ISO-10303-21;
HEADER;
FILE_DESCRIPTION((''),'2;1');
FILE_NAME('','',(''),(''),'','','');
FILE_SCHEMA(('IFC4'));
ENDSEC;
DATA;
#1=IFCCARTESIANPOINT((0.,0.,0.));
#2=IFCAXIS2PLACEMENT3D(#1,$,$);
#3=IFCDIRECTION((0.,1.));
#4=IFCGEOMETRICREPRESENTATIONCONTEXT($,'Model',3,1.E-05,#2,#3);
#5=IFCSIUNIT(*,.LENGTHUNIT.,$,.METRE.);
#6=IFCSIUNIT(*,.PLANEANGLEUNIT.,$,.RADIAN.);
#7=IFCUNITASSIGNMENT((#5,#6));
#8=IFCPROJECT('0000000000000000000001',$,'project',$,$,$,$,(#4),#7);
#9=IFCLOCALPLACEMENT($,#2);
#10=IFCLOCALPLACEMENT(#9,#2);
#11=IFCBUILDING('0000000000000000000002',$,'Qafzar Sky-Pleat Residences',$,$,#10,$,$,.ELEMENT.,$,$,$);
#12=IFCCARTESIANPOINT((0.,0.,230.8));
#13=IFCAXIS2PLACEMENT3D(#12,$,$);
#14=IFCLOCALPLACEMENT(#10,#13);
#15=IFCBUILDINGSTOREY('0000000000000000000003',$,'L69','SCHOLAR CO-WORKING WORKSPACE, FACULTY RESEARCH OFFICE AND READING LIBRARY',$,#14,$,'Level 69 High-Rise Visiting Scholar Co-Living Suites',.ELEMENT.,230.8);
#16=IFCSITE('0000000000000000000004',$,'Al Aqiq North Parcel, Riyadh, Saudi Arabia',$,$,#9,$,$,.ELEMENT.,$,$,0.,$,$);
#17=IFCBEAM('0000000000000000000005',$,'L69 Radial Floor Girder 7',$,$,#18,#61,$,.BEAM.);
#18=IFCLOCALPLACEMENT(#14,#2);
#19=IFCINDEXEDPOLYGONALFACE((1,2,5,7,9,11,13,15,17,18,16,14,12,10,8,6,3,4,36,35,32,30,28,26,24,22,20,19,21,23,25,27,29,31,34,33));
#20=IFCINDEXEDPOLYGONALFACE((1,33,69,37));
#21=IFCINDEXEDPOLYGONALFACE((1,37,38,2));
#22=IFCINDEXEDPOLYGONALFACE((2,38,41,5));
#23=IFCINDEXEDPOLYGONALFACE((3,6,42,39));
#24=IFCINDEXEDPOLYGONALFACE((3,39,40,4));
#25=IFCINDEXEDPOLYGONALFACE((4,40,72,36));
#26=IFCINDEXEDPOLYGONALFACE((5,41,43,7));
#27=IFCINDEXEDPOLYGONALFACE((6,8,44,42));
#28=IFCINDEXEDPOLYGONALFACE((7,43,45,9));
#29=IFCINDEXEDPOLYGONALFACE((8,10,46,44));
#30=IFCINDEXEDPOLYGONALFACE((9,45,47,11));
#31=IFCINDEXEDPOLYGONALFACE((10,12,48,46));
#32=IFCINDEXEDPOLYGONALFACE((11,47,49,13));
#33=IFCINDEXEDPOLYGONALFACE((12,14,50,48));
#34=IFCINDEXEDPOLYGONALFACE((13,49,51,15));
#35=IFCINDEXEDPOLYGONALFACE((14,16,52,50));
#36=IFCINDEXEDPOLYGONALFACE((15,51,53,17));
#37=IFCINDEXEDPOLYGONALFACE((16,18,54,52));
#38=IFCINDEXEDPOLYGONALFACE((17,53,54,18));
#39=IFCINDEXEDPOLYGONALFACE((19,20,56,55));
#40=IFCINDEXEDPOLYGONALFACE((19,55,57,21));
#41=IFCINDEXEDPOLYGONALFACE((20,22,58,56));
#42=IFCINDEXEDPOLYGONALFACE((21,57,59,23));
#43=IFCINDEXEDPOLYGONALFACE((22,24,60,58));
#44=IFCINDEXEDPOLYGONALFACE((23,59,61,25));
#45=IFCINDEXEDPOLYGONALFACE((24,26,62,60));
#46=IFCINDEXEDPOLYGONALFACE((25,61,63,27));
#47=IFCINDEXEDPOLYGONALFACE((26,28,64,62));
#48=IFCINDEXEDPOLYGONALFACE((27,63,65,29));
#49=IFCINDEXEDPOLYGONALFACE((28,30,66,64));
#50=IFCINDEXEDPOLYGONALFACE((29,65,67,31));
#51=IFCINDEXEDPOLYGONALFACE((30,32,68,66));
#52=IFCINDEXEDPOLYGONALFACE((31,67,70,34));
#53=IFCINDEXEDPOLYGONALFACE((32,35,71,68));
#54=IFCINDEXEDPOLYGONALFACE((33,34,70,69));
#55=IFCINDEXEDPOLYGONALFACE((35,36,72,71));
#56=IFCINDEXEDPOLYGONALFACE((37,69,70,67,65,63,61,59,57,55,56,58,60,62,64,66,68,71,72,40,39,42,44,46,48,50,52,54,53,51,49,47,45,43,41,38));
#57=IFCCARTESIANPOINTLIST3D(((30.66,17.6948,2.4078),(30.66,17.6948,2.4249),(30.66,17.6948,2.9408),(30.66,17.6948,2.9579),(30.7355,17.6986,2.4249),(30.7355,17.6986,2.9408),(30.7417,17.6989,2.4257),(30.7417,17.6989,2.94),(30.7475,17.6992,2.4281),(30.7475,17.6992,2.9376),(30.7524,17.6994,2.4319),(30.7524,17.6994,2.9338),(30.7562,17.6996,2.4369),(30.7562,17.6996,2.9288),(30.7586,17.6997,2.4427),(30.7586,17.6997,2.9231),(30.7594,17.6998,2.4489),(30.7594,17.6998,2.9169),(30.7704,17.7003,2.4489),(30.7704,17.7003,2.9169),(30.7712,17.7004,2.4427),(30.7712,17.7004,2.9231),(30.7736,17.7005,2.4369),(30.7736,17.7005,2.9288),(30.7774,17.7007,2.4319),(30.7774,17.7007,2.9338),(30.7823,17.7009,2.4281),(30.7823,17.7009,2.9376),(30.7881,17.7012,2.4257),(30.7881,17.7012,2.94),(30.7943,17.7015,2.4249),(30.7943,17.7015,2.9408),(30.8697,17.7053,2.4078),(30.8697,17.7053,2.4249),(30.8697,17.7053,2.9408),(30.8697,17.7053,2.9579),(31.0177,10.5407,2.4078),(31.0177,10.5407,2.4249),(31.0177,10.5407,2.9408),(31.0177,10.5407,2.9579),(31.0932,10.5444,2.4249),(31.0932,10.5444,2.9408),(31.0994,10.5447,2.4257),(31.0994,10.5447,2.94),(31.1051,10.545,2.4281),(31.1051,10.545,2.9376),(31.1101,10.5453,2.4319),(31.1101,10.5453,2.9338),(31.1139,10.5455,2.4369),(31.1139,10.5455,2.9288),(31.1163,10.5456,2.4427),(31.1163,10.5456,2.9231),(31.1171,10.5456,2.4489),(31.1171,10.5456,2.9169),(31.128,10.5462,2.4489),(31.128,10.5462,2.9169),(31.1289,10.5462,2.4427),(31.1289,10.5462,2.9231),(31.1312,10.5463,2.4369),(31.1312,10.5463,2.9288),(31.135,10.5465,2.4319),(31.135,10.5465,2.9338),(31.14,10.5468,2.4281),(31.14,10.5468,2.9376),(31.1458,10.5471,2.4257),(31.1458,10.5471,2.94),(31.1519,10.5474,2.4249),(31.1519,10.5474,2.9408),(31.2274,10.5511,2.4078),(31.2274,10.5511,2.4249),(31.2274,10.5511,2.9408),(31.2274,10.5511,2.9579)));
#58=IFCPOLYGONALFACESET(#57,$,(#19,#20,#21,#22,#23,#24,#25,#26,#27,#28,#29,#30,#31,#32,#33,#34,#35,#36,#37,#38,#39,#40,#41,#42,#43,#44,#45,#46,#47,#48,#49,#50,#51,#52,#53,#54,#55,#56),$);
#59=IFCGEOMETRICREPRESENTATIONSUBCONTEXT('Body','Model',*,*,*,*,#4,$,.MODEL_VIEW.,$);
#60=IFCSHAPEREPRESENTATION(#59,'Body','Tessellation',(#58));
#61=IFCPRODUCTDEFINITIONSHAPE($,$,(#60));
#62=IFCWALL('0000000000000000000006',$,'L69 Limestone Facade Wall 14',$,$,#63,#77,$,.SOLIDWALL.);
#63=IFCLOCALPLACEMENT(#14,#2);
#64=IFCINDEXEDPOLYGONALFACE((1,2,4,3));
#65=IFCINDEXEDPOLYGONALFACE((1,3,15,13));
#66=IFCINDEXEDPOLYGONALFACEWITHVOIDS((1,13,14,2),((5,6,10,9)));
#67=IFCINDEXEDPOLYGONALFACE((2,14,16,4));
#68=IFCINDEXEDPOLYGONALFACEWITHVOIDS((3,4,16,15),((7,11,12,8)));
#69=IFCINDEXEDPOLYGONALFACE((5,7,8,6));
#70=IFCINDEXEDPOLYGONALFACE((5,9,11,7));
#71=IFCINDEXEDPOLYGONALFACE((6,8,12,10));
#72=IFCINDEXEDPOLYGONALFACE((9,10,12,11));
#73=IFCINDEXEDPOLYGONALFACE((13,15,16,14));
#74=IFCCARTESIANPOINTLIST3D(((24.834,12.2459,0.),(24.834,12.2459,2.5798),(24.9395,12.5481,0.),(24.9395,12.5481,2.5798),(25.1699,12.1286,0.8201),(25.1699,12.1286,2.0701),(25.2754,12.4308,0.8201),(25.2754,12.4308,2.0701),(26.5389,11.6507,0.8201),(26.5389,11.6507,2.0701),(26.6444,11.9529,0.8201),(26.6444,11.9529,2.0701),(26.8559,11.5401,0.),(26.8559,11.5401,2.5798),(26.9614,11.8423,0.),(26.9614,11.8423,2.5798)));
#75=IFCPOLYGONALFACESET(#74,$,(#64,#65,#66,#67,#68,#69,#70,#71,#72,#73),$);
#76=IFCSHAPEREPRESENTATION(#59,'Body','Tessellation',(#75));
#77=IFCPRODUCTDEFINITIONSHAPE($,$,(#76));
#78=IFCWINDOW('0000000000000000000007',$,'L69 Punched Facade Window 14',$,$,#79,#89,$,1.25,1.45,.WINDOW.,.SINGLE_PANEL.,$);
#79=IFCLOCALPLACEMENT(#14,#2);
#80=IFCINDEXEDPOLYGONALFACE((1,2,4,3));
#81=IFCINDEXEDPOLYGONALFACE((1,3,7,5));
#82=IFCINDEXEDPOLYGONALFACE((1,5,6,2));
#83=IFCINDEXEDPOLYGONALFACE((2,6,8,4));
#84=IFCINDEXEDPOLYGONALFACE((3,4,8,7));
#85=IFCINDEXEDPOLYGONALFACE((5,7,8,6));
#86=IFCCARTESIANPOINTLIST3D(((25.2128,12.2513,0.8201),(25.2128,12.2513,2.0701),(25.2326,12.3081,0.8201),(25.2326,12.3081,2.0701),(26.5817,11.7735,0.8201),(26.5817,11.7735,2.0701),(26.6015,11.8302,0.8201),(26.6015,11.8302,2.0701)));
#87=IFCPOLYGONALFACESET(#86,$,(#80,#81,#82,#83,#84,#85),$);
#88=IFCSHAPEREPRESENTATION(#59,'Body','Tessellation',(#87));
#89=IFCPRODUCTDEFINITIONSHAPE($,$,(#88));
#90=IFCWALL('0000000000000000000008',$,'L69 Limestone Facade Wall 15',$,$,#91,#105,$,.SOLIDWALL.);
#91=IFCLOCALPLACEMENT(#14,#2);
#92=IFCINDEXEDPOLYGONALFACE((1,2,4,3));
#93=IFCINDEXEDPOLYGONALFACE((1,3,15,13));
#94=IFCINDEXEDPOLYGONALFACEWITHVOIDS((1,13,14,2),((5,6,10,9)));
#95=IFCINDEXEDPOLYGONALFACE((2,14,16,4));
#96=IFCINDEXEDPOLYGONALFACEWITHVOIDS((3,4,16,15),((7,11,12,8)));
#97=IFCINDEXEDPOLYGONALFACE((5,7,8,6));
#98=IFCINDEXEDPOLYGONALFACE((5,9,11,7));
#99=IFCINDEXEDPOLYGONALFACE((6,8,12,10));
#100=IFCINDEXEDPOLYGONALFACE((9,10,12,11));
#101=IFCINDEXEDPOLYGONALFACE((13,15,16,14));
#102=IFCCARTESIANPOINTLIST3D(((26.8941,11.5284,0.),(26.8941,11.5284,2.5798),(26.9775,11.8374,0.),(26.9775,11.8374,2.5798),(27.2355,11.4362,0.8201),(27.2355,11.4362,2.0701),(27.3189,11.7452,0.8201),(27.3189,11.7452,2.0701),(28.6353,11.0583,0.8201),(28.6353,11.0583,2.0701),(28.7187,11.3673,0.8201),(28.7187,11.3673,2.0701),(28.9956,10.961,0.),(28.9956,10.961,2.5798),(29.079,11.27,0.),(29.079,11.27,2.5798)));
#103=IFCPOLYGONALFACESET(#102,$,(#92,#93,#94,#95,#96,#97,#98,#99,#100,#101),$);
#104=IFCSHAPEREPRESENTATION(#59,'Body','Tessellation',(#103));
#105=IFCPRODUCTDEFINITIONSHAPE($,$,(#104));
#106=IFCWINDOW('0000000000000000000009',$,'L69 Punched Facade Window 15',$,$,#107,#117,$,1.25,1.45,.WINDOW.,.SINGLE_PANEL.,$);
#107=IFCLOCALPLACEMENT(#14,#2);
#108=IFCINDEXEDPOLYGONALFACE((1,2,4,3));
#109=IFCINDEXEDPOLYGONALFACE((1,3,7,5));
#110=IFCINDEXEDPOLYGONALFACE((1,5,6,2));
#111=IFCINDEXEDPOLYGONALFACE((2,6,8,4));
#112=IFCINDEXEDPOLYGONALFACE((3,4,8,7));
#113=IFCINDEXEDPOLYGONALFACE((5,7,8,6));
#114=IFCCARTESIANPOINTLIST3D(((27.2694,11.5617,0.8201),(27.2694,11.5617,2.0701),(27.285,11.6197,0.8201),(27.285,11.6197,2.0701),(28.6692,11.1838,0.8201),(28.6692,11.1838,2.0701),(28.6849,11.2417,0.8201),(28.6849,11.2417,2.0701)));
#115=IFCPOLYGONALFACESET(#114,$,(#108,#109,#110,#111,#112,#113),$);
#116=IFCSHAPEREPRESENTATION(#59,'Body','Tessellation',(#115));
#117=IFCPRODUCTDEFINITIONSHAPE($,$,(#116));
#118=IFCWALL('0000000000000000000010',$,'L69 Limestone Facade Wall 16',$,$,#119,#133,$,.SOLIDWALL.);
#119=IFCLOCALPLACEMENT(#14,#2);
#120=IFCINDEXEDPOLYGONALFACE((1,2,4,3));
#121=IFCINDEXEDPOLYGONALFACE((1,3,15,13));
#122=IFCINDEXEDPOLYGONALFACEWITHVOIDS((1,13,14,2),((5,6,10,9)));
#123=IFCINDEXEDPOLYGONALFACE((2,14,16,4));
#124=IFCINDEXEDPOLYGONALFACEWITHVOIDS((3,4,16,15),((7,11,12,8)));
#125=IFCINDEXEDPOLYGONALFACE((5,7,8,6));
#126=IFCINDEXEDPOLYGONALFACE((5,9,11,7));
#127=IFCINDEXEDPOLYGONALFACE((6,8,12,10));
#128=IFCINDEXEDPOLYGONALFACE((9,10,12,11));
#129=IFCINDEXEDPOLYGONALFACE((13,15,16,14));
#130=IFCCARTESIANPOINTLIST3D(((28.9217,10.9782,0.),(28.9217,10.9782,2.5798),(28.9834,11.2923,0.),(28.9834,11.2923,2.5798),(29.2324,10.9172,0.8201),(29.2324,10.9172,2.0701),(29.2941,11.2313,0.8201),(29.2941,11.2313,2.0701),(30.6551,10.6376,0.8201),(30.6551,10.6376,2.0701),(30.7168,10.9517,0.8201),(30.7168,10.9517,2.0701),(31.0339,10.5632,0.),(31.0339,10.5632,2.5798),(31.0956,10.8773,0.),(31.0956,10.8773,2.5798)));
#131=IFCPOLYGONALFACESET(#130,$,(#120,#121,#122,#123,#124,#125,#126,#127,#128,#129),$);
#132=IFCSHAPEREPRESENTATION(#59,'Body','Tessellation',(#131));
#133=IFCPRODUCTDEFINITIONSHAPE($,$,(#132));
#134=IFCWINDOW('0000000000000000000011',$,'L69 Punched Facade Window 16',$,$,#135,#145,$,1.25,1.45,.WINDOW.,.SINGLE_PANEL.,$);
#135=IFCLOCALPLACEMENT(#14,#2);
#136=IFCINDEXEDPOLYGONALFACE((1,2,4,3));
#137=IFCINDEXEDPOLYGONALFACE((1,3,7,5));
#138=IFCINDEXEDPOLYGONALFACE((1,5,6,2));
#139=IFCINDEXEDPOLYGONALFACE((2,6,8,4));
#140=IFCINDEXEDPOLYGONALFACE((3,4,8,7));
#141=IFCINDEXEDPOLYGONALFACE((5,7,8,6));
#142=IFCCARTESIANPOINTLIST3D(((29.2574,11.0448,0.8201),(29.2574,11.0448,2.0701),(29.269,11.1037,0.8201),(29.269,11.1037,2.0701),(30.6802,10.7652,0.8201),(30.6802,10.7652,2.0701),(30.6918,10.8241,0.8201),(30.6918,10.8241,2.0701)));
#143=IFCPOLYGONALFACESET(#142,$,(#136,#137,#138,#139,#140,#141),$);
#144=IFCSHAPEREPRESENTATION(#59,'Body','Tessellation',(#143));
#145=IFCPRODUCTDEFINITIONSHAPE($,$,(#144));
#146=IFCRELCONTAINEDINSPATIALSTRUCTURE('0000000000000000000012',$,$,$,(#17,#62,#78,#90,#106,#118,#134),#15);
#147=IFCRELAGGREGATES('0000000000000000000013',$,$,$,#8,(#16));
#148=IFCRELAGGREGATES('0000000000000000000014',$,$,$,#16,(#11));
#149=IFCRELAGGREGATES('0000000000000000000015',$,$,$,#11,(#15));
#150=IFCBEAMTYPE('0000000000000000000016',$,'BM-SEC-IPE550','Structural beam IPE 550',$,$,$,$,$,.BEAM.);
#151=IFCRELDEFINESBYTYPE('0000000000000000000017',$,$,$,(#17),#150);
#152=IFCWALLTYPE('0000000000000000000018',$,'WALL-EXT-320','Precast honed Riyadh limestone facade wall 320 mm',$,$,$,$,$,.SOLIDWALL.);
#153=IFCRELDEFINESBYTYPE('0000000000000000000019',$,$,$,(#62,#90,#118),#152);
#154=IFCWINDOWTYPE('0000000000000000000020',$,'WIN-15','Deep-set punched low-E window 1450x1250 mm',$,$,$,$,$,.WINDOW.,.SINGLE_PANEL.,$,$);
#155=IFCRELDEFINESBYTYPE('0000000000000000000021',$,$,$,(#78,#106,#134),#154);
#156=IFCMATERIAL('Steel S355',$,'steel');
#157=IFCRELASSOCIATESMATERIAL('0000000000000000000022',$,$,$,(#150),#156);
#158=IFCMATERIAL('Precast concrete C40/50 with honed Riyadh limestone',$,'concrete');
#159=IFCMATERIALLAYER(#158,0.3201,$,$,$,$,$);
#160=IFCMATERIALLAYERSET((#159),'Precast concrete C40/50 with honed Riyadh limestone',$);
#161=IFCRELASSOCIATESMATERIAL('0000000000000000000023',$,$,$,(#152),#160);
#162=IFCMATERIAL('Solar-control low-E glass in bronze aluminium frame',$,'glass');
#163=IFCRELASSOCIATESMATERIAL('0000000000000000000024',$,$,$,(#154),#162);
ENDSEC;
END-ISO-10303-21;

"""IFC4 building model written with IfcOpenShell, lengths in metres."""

from ifc_helpers import new_model, si_unit, direction, frame, frame_2d, origin, origin_2d, place, context, subcontext, project, spatial, rectangle, i_section, extrude, source, transform, mapped, material, layer, layer_set, material_profile, profile_set, type_object, element, fill, save


model = new_model("IFC4")

# Units and contexts
model_context = context("Model", 3, precision=1e-05, world=origin(), true_north=direction((0.0, 1.0)))
body_context = subcontext(model_context, "Body", "Model", "MODEL_VIEW")
ifc_project = project(units=[si_unit("LENGTHUNIT", "METRE"), si_unit("PLANEANGLEUNIT", "RADIAN")], contexts=[model_context])

# Site, building, storey
site_placement = place(None, origin())
site = spatial("IfcSite", under=ifc_project, at=site_placement, Name="Al Aqiq North Parcel, Riyadh, Saudi Arabia", CompositionType="ELEMENT", RefElevation=0.0)
building_placement = place(site_placement, origin())
building = spatial("IfcBuilding", under=site, at=building_placement, Name="Qafzar Sky-Pleat Residences", CompositionType="ELEMENT")
storey_placement = place(building_placement, frame((0.0, 0.0, 230.8)))
storey = spatial("IfcBuildingStorey", under=building, at=storey_placement, Name="L69", Description="SCHOLAR CO-WORKING WORKSPACE, FACULTY RESEARCH OFFICE AND READING LIBRARY", LongName="Level 69 High-Rise Visiting Scholar Co-Living Suites", CompositionType="ELEMENT", Elevation=230.8)

# Shared definitions
ifc_material_1 = material(Name="Steel S355", Category="steel")

# Beam
ifc_material_profile_1 = material_profile(ifc_material_1, i_section(OverallWidth=0.21, OverallDepth=0.55, WebThickness=0.011, FlangeThickness=0.0171, FilletRadius=0.0239, at=origin_2d()), Name="IPE 550")
ifc_profile_set_1 = profile_set([ifc_material_profile_1], Name="Steel S355")
beam_type_1 = type_object("IfcBeamType", Name="BM-SEC-IPE550", Description="Structural beam IPE 550", PredefinedType="BEAM", material=ifc_profile_set_1)
shared_shape_1 = source(origin(), body_context, "Body", "SweptSolid", [
    extrude(i_section(OverallWidth=0.21, OverallDepth=0.55, WebThickness=0.011, FlangeThickness=0.0171, FilletRadius=0.0239, at=origin_2d()), origin(), (0.0, 0.0, 1.0), 7.1631),
])
beam_1_placement = place(storey_placement, frame((31.1226, 10.5459, 2.6829), z_axis=(-0.049933, 0.998753, 0.0), x_axis=(-0.998753, -0.049933, 0.0)))
element("IfcBeam", 1, at=beam_1_placement, inside=storey, type_object=beam_type_1, Name="L69 Radial Floor Girder 7", PredefinedType="BEAM", context=body_context, shape_type="MappedRepresentation", body=[
    mapped(shared_shape_1, transform((0.0, 0.0, 0.0), x_axis=(1.0, 0.0, 0.0), y_axis=(0.0, 1.0, 0.0), z_axis=(0.0, 0.0, 1.0), scale=1.0)),
])

# Walls, openings, windows
ifc_material_2 = material(Name="Precast concrete C40/50 with honed Riyadh limestone", Category="concrete")
ifc_layer_1 = layer(ifc_material_2, 0.3201)
ifc_layer_set_1 = layer_set([ifc_layer_1], Name="Precast concrete C40/50 with honed Riyadh limestone")
wall_type_1 = type_object("IfcWallType", Name="WALL-EXT-320", Description="Precast honed Riyadh limestone facade wall 320 mm", PredefinedType="SOLIDWALL", material=ifc_layer_set_1)
wall_1_placement = place(storey_placement, frame((24.8867, 12.397, 0.0), z_axis=(0.0, 0.0, 1.0), x_axis=(0.944132, -0.329568, 0.0)))
wall_1 = element("IfcWall", 2, at=wall_1_placement, inside=storey, type_object=wall_type_1, Name="L69 Limestone Facade Wall 14", PredefinedType="SOLIDWALL", context=body_context, shape_type="SweptSolid", body=[
    extrude(rectangle(XDim=2.1416, YDim=0.3201, at=frame_2d((1.0708, 0.0))), origin(), (0.0, 0.0, 1.0), 2.5798),
])
opening_1_placement = place(wall_1_placement, frame((0.3557, 0.0, 0.8201)))
opening_1 = element("IfcOpeningElement", 3, at=opening_1_placement, cuts=wall_1, PredefinedType="OPENING", context=body_context, shape_type="SweptSolid", body=[
    extrude(rectangle(XDim=1.45, YDim=1.25, at=frame_2d((0.7251, 0.625))), frame((0.0, 0.1699, 0.0), z_axis=(0.0, -1.0, 0.0), x_axis=(1.0, 0.0, 0.0)), (0.0, 0.0, 1.0), 0.3401),
])
ifc_material_3 = material(Name="Solar-control low-E glass in bronze aluminium frame", Category="glass")
window_type_1 = type_object("IfcWindowType", Name="WIN-15", Description="Deep-set punched low-E window 1450x1250 mm", PartitioningType="SINGLE_PANEL", PredefinedType="WINDOW", material=ifc_material_3)
shared_shape_2 = source(origin(), body_context, "Body", "SweptSolid", [
    extrude(rectangle(XDim=1.45, YDim=1.25, at=frame_2d((0.7251, 0.625))), frame((0.0, 0.03, 0.0), z_axis=(0.0, -1.0, 0.0), x_axis=(1.0, 0.0, 0.0)), (0.0, 0.0, 1.0), 0.0601),
])
window_1_placement = place(opening_1_placement, origin())
window_1 = element("IfcWindow", 4, at=window_1_placement, inside=storey, type_object=window_type_1, Name="L69 Punched Facade Window 14", OverallHeight=1.25, OverallWidth=1.45, PartitioningType="SINGLE_PANEL", PredefinedType="WINDOW", context=body_context, shape_type="MappedRepresentation", body=[
    mapped(shared_shape_2, transform((0.0, 0.0, 0.0), x_axis=(1.0, 0.0, 0.0), y_axis=(0.0, 1.0, 0.0), z_axis=(0.0, 0.0, 1.0), scale=1.0)),
])
fill(opening_1, window_1)
wall_2_placement = place(storey_placement, frame((26.9358, 11.6829, 0.0), z_axis=(0.0, 0.0, 1.0), x_axis=(0.965434, -0.260649, 0.0)))
wall_2 = element("IfcWall", 5, at=wall_2_placement, inside=storey, type_object=wall_type_1, Name="L69 Limestone Facade Wall 15", PredefinedType="SOLIDWALL", context=body_context, shape_type="SweptSolid", body=[
    extrude(rectangle(XDim=2.1768, YDim=0.3201, at=frame_2d((1.0884, 0.0))), origin(), (0.0, 0.0, 1.0), 2.5798),
])
opening_2_placement = place(wall_2_placement, frame((0.3535, 0.0, 0.8201)))
opening_2 = element("IfcOpeningElement", 6, at=opening_2_placement, cuts=wall_2, PredefinedType="OPENING", context=body_context, shape_type="SweptSolid", body=[
    extrude(rectangle(XDim=1.45, YDim=1.25, at=frame_2d((0.7251, 0.625))), frame((0.0, 0.1699, 0.0), z_axis=(0.0, -1.0, 0.0), x_axis=(1.0, 0.0, 0.0)), (0.0, 0.0, 1.0), 0.3401),
])
window_2_placement = place(opening_2_placement, origin())
window_2 = element("IfcWindow", 7, at=window_2_placement, inside=storey, type_object=window_type_1, Name="L69 Punched Facade Window 15", OverallHeight=1.25, OverallWidth=1.45, PartitioningType="SINGLE_PANEL", PredefinedType="WINDOW", context=body_context, shape_type="MappedRepresentation", body=[
    mapped(shared_shape_2, transform((0.0, 0.0, 0.0), x_axis=(1.0, 0.0, 0.0), y_axis=(0.0, 1.0, 0.0), z_axis=(0.0, 0.0, 1.0), scale=1.0)),
])
fill(opening_2, window_2)
wall_3_placement = place(storey_placement, frame((28.9526, 11.1353, 0.0), z_axis=(0.0, 0.0, 1.0), x_axis=(0.981238, -0.1928, 0.0)))
wall_3 = element("IfcWall", 8, at=wall_3_placement, inside=storey, type_object=wall_type_1, Name="L69 Limestone Facade Wall 16", PredefinedType="SOLIDWALL", context=body_context, shape_type="SweptSolid", body=[
    extrude(rectangle(XDim=2.1526, YDim=0.3201, at=frame_2d((1.0762, 0.0))), origin(), (0.0, 0.0, 1.0), 2.5798),
])
opening_3_placement = place(wall_3_placement, frame((0.3164, 0.0, 0.8201)))
opening_3 = element("IfcOpeningElement", 9, at=opening_3_placement, cuts=wall_3, PredefinedType="OPENING", context=body_context, shape_type="SweptSolid", body=[
    extrude(rectangle(XDim=1.45, YDim=1.25, at=frame_2d((0.7251, 0.625))), frame((0.0, 0.1699, 0.0), z_axis=(0.0, -1.0, 0.0), x_axis=(1.0, 0.0, 0.0)), (0.0, 0.0, 1.0), 0.3401),
])
window_3_placement = place(opening_3_placement, origin())
window_3 = element("IfcWindow", 10, at=window_3_placement, inside=storey, type_object=window_type_1, Name="L69 Punched Facade Window 16", OverallHeight=1.25, OverallWidth=1.45, PartitioningType="SINGLE_PANEL", PredefinedType="WINDOW", context=body_context, shape_type="MappedRepresentation", body=[
    mapped(shared_shape_2, transform((0.0, 0.0, 0.0), x_axis=(1.0, 0.0, 0.0), y_axis=(0.0, 1.0, 0.0), z_axis=(0.0, 0.0, 1.0), scale=1.0)),
])
fill(opening_3, window_3)

save(model, "model.ifc")
